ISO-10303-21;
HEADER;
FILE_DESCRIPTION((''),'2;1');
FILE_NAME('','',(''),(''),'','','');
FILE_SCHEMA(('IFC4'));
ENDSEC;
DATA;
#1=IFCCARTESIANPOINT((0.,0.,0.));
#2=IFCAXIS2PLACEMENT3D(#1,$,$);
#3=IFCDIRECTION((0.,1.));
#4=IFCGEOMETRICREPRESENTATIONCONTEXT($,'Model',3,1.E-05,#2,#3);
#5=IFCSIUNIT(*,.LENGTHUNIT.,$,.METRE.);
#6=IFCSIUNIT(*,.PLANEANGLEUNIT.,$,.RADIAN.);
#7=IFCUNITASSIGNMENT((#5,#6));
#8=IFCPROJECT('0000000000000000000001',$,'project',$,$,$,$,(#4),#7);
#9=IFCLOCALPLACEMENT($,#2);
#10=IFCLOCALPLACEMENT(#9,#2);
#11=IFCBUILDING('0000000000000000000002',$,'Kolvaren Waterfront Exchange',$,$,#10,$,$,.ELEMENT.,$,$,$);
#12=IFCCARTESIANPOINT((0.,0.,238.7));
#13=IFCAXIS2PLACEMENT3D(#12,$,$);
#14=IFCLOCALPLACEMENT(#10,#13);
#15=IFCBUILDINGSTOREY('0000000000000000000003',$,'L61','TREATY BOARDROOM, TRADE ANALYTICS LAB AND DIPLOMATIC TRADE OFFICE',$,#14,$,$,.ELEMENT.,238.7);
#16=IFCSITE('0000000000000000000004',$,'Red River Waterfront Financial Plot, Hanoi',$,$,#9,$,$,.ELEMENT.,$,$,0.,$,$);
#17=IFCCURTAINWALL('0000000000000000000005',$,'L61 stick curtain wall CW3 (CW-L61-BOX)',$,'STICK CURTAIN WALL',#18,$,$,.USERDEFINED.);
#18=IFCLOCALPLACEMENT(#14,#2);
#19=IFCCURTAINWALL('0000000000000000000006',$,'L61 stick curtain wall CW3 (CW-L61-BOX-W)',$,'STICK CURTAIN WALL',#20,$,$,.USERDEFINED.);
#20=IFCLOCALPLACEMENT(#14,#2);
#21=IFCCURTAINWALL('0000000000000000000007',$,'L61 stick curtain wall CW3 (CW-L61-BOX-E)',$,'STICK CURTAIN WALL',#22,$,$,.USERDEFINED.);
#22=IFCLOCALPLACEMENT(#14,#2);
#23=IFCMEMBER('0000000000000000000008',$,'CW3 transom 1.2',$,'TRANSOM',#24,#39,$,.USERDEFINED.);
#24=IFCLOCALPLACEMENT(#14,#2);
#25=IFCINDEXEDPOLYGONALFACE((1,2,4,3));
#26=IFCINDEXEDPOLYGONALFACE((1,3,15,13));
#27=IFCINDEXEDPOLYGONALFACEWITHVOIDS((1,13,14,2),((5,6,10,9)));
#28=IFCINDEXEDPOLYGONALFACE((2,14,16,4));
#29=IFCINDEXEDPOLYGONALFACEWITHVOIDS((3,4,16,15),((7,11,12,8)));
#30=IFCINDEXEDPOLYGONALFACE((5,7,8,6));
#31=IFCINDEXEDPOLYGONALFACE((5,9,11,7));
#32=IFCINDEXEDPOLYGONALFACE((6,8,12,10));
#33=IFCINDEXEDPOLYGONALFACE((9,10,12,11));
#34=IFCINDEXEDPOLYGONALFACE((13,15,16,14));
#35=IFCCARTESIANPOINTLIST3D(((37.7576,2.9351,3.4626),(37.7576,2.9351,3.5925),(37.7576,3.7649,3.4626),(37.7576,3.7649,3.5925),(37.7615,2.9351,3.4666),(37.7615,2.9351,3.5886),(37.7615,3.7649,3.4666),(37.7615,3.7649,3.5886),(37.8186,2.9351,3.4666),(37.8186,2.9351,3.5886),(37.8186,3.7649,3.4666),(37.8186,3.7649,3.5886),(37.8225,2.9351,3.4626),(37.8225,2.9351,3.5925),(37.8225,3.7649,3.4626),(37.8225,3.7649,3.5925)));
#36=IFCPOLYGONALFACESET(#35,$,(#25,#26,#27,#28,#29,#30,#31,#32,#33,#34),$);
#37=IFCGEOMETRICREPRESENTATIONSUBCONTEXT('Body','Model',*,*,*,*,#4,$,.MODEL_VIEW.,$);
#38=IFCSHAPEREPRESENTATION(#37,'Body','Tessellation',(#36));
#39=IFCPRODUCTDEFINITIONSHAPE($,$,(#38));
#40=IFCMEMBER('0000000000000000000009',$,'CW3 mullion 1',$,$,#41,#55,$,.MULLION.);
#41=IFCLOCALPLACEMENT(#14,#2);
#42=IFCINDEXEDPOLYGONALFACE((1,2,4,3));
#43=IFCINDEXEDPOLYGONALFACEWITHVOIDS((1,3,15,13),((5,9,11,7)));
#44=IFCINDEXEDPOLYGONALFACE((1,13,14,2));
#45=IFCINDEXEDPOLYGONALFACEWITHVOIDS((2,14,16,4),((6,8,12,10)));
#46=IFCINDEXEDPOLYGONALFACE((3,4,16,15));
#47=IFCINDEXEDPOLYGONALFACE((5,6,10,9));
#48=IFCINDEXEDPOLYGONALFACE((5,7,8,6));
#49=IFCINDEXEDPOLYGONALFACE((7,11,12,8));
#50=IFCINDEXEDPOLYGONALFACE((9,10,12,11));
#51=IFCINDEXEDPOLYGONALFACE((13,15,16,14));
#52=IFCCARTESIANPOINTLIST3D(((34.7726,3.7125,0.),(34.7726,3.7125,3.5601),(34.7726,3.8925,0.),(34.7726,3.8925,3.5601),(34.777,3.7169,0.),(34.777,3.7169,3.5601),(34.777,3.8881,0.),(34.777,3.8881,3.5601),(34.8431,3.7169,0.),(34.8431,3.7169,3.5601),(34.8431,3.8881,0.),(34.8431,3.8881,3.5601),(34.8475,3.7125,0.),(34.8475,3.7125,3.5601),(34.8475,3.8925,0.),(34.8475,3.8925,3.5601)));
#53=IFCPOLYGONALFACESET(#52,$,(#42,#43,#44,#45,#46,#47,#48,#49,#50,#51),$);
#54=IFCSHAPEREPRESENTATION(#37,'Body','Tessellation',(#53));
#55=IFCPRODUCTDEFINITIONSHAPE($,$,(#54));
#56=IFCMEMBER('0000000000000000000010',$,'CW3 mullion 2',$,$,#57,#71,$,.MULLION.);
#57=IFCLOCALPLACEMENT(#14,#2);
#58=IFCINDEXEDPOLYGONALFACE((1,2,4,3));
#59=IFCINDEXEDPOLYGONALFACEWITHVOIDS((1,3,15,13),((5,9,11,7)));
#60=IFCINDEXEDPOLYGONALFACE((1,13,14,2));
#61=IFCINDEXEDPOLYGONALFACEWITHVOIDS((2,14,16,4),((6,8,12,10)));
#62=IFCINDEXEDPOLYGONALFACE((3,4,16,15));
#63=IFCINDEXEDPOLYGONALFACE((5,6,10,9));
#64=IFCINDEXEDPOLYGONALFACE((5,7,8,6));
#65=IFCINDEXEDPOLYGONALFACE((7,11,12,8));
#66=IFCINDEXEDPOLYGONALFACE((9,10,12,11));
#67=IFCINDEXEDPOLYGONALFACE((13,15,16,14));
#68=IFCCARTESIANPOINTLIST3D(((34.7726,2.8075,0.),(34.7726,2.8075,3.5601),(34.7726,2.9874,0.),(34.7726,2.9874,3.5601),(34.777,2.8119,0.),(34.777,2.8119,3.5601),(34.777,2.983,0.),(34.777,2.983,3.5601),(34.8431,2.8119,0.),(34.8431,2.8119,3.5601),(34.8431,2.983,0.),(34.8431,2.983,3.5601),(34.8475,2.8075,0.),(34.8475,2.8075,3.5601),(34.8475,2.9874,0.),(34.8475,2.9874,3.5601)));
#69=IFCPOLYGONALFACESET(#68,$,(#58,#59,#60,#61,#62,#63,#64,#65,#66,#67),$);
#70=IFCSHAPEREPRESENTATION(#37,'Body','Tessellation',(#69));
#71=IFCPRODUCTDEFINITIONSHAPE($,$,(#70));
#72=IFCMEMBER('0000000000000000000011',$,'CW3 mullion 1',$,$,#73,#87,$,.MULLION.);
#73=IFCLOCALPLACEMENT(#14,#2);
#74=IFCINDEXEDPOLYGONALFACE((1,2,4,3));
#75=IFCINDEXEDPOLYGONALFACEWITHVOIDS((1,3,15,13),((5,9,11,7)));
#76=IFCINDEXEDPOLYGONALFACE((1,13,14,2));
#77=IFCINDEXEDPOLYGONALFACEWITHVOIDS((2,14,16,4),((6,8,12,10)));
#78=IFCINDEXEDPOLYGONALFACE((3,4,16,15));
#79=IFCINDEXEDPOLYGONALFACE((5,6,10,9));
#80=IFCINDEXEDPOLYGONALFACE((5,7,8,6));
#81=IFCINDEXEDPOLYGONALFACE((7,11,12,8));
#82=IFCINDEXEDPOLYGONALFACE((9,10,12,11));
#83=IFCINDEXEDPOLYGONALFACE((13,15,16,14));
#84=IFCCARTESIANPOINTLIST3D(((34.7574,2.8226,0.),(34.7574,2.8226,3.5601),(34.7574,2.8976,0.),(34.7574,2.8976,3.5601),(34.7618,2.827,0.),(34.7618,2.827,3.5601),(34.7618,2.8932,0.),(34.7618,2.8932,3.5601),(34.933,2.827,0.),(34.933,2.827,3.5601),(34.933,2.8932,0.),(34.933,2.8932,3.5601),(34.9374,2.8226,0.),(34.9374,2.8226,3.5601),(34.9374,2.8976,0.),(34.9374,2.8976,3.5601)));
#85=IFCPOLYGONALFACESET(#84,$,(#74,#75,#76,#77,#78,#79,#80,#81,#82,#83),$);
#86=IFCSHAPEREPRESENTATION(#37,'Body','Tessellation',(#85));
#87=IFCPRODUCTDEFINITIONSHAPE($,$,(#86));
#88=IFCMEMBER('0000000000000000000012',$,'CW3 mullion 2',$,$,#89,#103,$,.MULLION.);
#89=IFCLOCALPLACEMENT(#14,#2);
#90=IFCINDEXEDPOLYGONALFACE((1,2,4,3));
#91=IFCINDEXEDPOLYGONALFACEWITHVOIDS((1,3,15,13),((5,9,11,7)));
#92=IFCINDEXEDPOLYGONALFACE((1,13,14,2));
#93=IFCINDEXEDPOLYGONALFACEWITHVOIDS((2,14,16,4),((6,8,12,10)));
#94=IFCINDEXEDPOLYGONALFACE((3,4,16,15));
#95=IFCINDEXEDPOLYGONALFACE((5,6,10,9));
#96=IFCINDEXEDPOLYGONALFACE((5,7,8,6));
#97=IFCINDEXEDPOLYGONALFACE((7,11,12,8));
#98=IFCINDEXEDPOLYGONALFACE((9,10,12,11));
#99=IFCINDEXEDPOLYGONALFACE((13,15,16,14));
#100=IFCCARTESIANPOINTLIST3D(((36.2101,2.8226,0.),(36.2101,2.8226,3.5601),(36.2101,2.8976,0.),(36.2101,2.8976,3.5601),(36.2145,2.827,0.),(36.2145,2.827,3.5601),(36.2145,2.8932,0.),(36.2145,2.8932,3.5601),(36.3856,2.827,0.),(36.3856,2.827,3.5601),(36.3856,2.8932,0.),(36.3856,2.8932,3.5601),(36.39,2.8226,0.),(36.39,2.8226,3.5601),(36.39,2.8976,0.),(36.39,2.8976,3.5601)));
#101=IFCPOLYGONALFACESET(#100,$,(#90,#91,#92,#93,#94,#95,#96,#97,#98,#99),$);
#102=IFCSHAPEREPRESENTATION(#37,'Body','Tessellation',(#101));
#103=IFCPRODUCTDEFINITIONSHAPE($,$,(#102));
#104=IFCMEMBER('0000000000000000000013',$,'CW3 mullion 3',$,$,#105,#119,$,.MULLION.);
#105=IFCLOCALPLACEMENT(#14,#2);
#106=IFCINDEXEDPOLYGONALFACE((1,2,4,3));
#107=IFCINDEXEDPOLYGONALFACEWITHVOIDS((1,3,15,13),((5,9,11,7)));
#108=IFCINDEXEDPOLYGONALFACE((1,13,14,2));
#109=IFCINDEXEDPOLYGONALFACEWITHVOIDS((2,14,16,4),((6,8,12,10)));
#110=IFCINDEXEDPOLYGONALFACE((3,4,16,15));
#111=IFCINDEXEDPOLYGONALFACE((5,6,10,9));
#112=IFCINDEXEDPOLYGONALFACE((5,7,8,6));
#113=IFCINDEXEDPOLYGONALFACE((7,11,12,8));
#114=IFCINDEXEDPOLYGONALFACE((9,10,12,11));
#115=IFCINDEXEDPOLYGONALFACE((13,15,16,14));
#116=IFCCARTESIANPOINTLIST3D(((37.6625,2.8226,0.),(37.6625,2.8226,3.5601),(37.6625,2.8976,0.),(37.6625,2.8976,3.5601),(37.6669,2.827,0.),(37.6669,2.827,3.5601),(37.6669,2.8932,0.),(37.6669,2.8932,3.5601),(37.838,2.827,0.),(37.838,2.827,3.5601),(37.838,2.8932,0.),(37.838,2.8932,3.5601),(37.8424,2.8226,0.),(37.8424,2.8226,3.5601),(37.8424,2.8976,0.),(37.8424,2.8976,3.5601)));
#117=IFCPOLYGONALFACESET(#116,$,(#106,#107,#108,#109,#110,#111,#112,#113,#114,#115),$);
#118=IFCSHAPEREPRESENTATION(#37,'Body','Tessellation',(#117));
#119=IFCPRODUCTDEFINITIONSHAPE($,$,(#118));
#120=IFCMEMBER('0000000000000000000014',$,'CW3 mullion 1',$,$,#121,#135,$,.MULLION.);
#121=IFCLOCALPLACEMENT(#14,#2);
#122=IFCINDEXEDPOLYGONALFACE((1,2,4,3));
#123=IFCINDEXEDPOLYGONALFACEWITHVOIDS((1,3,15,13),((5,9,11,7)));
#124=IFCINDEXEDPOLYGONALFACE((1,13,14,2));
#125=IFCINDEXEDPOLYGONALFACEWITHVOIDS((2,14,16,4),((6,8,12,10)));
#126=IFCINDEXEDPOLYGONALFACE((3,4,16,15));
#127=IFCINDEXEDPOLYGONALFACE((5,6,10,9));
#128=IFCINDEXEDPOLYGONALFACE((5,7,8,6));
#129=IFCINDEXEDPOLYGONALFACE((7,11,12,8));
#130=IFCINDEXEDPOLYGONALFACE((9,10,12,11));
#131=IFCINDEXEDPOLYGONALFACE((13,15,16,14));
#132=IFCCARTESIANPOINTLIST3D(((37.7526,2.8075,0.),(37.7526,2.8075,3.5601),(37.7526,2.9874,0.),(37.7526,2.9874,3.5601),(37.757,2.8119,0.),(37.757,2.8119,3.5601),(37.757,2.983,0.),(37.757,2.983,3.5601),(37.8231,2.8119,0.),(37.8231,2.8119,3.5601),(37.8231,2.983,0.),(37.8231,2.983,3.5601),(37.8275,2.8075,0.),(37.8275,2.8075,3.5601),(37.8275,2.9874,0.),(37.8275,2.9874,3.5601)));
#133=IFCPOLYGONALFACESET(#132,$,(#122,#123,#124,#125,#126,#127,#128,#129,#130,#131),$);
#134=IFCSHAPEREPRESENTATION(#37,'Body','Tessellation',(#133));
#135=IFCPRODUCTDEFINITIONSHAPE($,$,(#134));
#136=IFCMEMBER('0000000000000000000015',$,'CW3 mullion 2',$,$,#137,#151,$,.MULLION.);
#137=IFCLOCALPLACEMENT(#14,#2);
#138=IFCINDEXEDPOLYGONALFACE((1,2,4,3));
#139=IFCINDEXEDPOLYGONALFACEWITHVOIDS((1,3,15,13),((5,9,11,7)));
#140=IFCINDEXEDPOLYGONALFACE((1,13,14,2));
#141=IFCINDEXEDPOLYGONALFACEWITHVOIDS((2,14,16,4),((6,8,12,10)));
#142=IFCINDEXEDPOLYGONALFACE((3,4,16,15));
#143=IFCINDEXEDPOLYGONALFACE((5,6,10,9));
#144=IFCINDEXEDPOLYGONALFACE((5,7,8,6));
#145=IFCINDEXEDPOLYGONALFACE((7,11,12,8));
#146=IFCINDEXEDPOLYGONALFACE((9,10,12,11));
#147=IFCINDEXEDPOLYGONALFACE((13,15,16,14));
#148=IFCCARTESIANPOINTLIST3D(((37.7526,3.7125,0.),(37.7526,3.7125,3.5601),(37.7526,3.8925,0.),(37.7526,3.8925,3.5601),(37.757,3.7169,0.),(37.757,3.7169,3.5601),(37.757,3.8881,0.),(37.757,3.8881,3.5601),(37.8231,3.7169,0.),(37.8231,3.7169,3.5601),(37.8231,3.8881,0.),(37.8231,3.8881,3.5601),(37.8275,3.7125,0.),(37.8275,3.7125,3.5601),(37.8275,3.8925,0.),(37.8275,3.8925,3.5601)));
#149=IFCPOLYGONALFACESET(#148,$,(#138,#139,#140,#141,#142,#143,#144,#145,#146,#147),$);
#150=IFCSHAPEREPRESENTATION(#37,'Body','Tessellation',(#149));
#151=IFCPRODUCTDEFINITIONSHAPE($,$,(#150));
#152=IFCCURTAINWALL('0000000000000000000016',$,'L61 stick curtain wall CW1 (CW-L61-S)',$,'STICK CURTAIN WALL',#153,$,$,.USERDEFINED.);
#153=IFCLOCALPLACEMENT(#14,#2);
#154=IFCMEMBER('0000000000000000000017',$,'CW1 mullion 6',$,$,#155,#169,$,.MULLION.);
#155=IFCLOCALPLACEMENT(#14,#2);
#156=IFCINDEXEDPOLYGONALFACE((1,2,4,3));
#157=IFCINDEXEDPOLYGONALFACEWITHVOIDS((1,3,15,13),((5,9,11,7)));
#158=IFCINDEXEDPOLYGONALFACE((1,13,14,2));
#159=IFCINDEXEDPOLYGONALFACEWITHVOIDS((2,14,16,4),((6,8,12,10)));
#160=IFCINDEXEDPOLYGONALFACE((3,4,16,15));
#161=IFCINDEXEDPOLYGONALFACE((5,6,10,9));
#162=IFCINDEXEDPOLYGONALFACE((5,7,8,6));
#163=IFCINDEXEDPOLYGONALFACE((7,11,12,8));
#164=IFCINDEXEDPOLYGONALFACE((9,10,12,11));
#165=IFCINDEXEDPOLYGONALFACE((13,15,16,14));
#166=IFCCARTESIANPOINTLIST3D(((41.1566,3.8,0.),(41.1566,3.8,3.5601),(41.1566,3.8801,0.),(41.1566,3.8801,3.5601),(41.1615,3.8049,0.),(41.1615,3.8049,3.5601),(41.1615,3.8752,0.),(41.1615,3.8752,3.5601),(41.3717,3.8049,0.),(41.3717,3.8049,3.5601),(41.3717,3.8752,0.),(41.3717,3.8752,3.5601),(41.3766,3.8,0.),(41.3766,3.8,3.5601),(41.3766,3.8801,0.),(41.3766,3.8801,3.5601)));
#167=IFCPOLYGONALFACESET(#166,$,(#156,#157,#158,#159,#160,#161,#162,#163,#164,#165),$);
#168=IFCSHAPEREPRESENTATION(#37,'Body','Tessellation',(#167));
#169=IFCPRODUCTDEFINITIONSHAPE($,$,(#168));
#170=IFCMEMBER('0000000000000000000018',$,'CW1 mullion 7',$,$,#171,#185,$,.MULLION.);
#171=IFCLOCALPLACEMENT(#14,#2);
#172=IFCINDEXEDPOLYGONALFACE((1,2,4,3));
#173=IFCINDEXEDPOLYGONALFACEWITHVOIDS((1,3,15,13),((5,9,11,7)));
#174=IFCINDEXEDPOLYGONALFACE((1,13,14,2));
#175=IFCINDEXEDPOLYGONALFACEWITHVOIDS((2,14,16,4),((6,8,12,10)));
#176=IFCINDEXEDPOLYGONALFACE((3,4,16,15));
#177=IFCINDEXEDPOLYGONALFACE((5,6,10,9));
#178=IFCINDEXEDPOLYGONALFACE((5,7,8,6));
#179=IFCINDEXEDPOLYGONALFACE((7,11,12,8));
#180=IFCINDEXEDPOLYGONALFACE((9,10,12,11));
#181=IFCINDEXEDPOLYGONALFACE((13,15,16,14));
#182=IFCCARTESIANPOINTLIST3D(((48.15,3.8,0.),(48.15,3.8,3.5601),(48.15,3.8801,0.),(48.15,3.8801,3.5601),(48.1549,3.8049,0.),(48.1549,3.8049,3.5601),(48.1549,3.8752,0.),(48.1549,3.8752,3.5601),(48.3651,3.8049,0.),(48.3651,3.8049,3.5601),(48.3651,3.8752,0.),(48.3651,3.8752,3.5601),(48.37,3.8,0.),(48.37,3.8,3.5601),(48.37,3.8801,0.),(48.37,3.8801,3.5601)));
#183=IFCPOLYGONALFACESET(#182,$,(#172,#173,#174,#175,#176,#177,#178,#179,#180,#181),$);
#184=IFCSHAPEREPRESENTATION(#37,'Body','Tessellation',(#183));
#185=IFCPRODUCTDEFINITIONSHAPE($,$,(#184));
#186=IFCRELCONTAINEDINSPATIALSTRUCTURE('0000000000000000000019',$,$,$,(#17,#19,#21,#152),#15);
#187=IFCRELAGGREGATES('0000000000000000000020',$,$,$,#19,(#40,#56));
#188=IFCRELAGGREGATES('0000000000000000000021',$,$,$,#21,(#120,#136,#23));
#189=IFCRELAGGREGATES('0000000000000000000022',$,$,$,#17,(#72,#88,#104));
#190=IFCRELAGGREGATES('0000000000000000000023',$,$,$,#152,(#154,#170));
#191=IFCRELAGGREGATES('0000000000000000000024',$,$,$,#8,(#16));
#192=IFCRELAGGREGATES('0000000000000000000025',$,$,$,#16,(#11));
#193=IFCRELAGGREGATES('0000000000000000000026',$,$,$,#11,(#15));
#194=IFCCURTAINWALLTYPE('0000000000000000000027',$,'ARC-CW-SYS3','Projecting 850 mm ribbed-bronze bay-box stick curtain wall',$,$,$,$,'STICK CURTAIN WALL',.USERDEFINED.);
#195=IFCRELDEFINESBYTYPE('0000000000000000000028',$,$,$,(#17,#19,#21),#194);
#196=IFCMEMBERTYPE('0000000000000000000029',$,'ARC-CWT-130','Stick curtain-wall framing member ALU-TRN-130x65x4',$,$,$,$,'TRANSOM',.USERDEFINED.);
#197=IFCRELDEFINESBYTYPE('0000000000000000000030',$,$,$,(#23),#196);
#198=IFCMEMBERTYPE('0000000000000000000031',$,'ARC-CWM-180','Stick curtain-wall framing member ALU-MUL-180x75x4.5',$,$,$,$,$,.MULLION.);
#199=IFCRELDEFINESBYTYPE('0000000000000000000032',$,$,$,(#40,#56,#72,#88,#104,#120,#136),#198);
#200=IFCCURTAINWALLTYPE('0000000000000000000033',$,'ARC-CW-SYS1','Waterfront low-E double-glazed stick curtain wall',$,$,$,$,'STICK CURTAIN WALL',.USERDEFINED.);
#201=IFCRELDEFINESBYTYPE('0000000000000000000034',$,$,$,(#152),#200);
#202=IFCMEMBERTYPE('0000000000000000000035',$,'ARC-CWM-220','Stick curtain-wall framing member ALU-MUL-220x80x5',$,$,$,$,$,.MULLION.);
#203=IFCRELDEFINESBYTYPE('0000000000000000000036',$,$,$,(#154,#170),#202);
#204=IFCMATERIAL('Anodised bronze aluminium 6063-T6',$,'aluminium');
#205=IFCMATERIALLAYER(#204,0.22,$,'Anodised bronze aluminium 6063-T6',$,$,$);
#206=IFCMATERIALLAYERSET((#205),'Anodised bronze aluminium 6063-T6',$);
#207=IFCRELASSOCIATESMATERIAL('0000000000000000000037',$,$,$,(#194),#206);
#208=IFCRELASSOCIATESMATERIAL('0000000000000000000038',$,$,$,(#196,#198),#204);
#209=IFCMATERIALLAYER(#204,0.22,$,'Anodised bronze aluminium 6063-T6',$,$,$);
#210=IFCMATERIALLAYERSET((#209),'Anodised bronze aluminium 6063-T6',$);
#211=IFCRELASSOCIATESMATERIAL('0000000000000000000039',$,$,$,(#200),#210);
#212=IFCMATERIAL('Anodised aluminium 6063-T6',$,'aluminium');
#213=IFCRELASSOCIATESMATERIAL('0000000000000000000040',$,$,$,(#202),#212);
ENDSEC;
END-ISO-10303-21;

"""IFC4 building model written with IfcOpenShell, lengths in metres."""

from ifc_helpers import new_model, si_unit, direction, frame, origin, origin_with_axes, origin_2d, place, context, subcontext, project, spatial, hollow_rectangle, extrude, source, transform, mapped, material, layer, layer_set, material_profile, profile_set, type_object, element, aggregate, save


model = new_model("IFC4")

# Units and contexts
model_context = context("Model", 3, precision=1e-05, world=origin(), true_north=direction((0.0, 1.0)))
body_context = subcontext(model_context, "Body", "Model", "MODEL_VIEW")
ifc_project = project(units=[si_unit("LENGTHUNIT", "METRE"), si_unit("PLANEANGLEUNIT", "RADIAN")], contexts=[model_context])

# Site, building, storey
site_placement = place(None, origin())
site = spatial("IfcSite", under=ifc_project, at=site_placement, Name="Red River Waterfront Financial Plot, Hanoi", CompositionType="ELEMENT", RefElevation=0.0)
building_placement = place(site_placement, origin())
building = spatial("IfcBuilding", under=site, at=building_placement, Name="Kolvaren Waterfront Exchange", CompositionType="ELEMENT")
storey_placement = place(building_placement, frame((0.0, 0.0, 238.7)))
storey = spatial("IfcBuildingStorey", under=building, at=storey_placement, Name="L61", Description="TREATY BOARDROOM, TRADE ANALYTICS LAB AND DIPLOMATIC TRADE OFFICE", CompositionType="ELEMENT", Elevation=238.7)

# Curtain walls, member
ifc_material_1 = material(Name="Anodised bronze aluminium 6063-T6", Category="aluminium")
ifc_layer_1 = layer(ifc_material_1, 0.22, Name="Anodised bronze aluminium 6063-T6")
ifc_layer_set_1 = layer_set([ifc_layer_1], Name="Anodised bronze aluminium 6063-T6")
curtain_wall_type_1 = type_object("IfcCurtainWallType", Name="ARC-CW-SYS3", Description="Projecting 850 mm ribbed-bronze bay-box stick curtain wall", ElementType="STICK CURTAIN WALL", PredefinedType="USERDEFINED", material=ifc_layer_set_1)
curtain_wall_1_placement = place(storey_placement, origin())
curtain_wall_1 = element("IfcCurtainWall", 1, at=curtain_wall_1_placement, inside=storey, type_object=curtain_wall_type_1, Name="L61 stick curtain wall CW3 (CW-L61-BOX)", ObjectType="STICK CURTAIN WALL", PredefinedType="USERDEFINED")
ifc_material_profile_1 = material_profile(ifc_material_1, hollow_rectangle(XDim=0.0649, YDim=0.1299, WallThickness=0.0039, at=origin_2d()), Name="ALU-TRN-130x65x4")
ifc_profile_set_1 = profile_set([ifc_material_profile_1], Name="Anodised bronze aluminium 6063-T6")
member_type_1 = type_object("IfcMemberType", Name="ARC-CWT-130", Description="Stick curtain-wall framing member ALU-TRN-130x65x4", ElementType="TRANSOM", PredefinedType="USERDEFINED", material=ifc_profile_set_1)
curtain_wall_2_placement = place(storey_placement, origin())
curtain_wall_2 = element("IfcCurtainWall", 2, at=curtain_wall_2_placement, inside=storey, type_object=curtain_wall_type_1, Name="L61 stick curtain wall CW3 (CW-L61-BOX-W)", ObjectType="STICK CURTAIN WALL", PredefinedType="USERDEFINED")
shared_shape_1 = source(origin_with_axes(), body_context, "Body", "SweptSolid", [
    extrude(hollow_rectangle(XDim=0.0649, YDim=0.1299, WallThickness=0.0039, at=origin_2d()), origin(), (0.0, 0.0, 1.0), 0.8298),
])
curtain_wall_3_placement = place(storey_placement, origin())
curtain_wall_3 = element("IfcCurtainWall", 3, at=curtain_wall_3_placement, inside=storey, type_object=curtain_wall_type_1, Name="L61 stick curtain wall CW3 (CW-L61-BOX-E)", ObjectType="STICK CURTAIN WALL", PredefinedType="USERDEFINED")
member_1_placement = place(storey_placement, frame((37.79, 2.9351, 3.5276), z_axis=(0.0, 1.0, 0.0), x_axis=(-1.0, 0.0, 0.0)))
member_1 = element("IfcMember", 4, at=member_1_placement, type_object=member_type_1, Name="CW3 transom 1.2", ObjectType="TRANSOM", PredefinedType="USERDEFINED", context=body_context, shape_type="MappedRepresentation", body=[
    mapped(shared_shape_1, transform((0.0, 0.0, 0.0), x_axis=(1.0, 0.0, 0.0), y_axis=(0.0, 1.0, 0.0), z_axis=(0.0, 0.0, 1.0), scale=1.0)),
])

# Members
ifc_material_profile_2 = material_profile(ifc_material_1, hollow_rectangle(XDim=0.075, YDim=0.1799, WallThickness=0.0044, at=origin_2d()), Name="ALU-MUL-180x75x4.5")
ifc_profile_set_2 = profile_set([ifc_material_profile_2], Name="Anodised bronze aluminium 6063-T6")
member_type_2 = type_object("IfcMemberType", Name="ARC-CWM-180", Description="Stick curtain-wall framing member ALU-MUL-180x75x4.5", PredefinedType="MULLION", material=ifc_profile_set_2)
shared_shape_2 = source(origin_with_axes(), body_context, "Body", "SweptSolid", [
    extrude(hollow_rectangle(XDim=0.075, YDim=0.1799, WallThickness=0.0044, at=origin_2d()), origin(), (0.0, 0.0, 1.0), 3.5601),
])
member_2_placement = place(storey_placement, frame((34.8101, 3.8025, 0.0), z_axis=(0.0, 0.0, 1.0), x_axis=(1.0, 0.0, 0.0)))
member_2 = element("IfcMember", 5, at=member_2_placement, type_object=member_type_2, Name="CW3 mullion 1", PredefinedType="MULLION", context=body_context, shape_type="MappedRepresentation", body=[
    mapped(shared_shape_2, transform((0.0, 0.0, 0.0), x_axis=(1.0, 0.0, 0.0), y_axis=(0.0, 1.0, 0.0), z_axis=(0.0, 0.0, 1.0), scale=1.0)),
])
member_3_placement = place(storey_placement, frame((34.8101, 2.8975, 0.0), z_axis=(0.0, 0.0, 1.0), x_axis=(1.0, 0.0, 0.0)))
member_3 = element("IfcMember", 6, at=member_3_placement, type_object=member_type_2, Name="CW3 mullion 2", PredefinedType="MULLION", context=body_context, shape_type="MappedRepresentation", body=[
    mapped(shared_shape_2, transform((0.0, 0.0, 0.0), x_axis=(1.0, 0.0, 0.0), y_axis=(0.0, 1.0, 0.0), z_axis=(0.0, 0.0, 1.0), scale=1.0)),
])
member_4_placement = place(storey_placement, frame((34.8474, 2.8601, 0.0), z_axis=(0.0, 0.0, 1.0), x_axis=(0.0, 1.0, 0.0)))
member_4 = element("IfcMember", 7, at=member_4_placement, type_object=member_type_2, Name="CW3 mullion 1", PredefinedType="MULLION", context=body_context, shape_type="MappedRepresentation", body=[
    mapped(shared_shape_2, transform((0.0, 0.0, 0.0), x_axis=(1.0, 0.0, 0.0), y_axis=(0.0, 1.0, 0.0), z_axis=(0.0, 0.0, 1.0), scale=1.0)),
])
member_5_placement = place(storey_placement, frame((36.3, 2.8601, 0.0), z_axis=(0.0, 0.0, 1.0), x_axis=(0.0, 1.0, 0.0)))
member_5 = element("IfcMember", 8, at=member_5_placement, type_object=member_type_2, Name="CW3 mullion 2", PredefinedType="MULLION", context=body_context, shape_type="MappedRepresentation", body=[
    mapped(shared_shape_2, transform((0.0, 0.0, 0.0), x_axis=(1.0, 0.0, 0.0), y_axis=(0.0, 1.0, 0.0), z_axis=(0.0, 0.0, 1.0), scale=1.0)),
])
member_6_placement = place(storey_placement, frame((37.7524, 2.8601, 0.0), z_axis=(0.0, 0.0, 1.0), x_axis=(0.0, 1.0, 0.0)))
member_6 = element("IfcMember", 9, at=member_6_placement, type_object=member_type_2, Name="CW3 mullion 3", PredefinedType="MULLION", context=body_context, shape_type="MappedRepresentation", body=[
    mapped(shared_shape_2, transform((0.0, 0.0, 0.0), x_axis=(1.0, 0.0, 0.0), y_axis=(0.0, 1.0, 0.0), z_axis=(0.0, 0.0, 1.0), scale=1.0)),
])
member_7_placement = place(storey_placement, frame((37.79, 2.8975, 0.0), z_axis=(0.0, 0.0, 1.0), x_axis=(-1.0, 0.0, 0.0)))
member_7 = element("IfcMember", 10, at=member_7_placement, type_object=member_type_2, Name="CW3 mullion 1", PredefinedType="MULLION", context=body_context, shape_type="MappedRepresentation", body=[
    mapped(shared_shape_2, transform((0.0, 0.0, 0.0), x_axis=(1.0, 0.0, 0.0), y_axis=(0.0, 1.0, 0.0), z_axis=(0.0, 0.0, 1.0), scale=1.0)),
])
member_8_placement = place(storey_placement, frame((37.79, 3.8025, 0.0), z_axis=(0.0, 0.0, 1.0), x_axis=(-1.0, 0.0, 0.0)))
member_8 = element("IfcMember", 11, at=member_8_placement, type_object=member_type_2, Name="CW3 mullion 2", PredefinedType="MULLION", context=body_context, shape_type="MappedRepresentation", body=[
    mapped(shared_shape_2, transform((0.0, 0.0, 0.0), x_axis=(1.0, 0.0, 0.0), y_axis=(0.0, 1.0, 0.0), z_axis=(0.0, 0.0, 1.0), scale=1.0)),
])

# Curtain wall, members
ifc_layer_2 = layer(ifc_material_1, 0.22, Name="Anodised bronze aluminium 6063-T6")
ifc_layer_set_2 = layer_set([ifc_layer_2], Name="Anodised bronze aluminium 6063-T6")
curtain_wall_type_2 = type_object("IfcCurtainWallType", Name="ARC-CW-SYS1", Description="Waterfront low-E double-glazed stick curtain wall", ElementType="STICK CURTAIN WALL", PredefinedType="USERDEFINED", material=ifc_layer_set_2)
curtain_wall_4_placement = place(storey_placement, origin())
curtain_wall_4 = element("IfcCurtainWall", 12, at=curtain_wall_4_placement, inside=storey, type_object=curtain_wall_type_2, Name="L61 stick curtain wall CW1 (CW-L61-S)", ObjectType="STICK CURTAIN WALL", PredefinedType="USERDEFINED")
ifc_material_2 = material(Name="Anodised aluminium 6063-T6", Category="aluminium")
ifc_material_profile_3 = material_profile(ifc_material_2, hollow_rectangle(XDim=0.0801, YDim=0.22, WallThickness=0.0049, at=origin_2d()), Name="ALU-MUL-220x80x5")
ifc_profile_set_3 = profile_set([ifc_material_profile_3], Name="Anodised aluminium 6063-T6")
member_type_3 = type_object("IfcMemberType", Name="ARC-CWM-220", Description="Stick curtain-wall framing member ALU-MUL-220x80x5", PredefinedType="MULLION", material=ifc_profile_set_3)
shared_shape_3 = source(origin_with_axes(), body_context, "Body", "SweptSolid", [
    extrude(hollow_rectangle(XDim=0.0801, YDim=0.22, WallThickness=0.0049, at=origin_2d()), origin(), (0.0, 0.0, 1.0), 3.5601),
])
member_9_placement = place(storey_placement, frame((41.2666, 3.8401, 0.0), z_axis=(0.0, 0.0, 1.0), x_axis=(0.0, 1.0, 0.0)))
member_9 = element("IfcMember", 13, at=member_9_placement, type_object=member_type_3, Name="CW1 mullion 6", PredefinedType="MULLION", context=body_context, shape_type="MappedRepresentation", body=[
    mapped(shared_shape_3, transform((0.0, 0.0, 0.0), x_axis=(1.0, 0.0, 0.0), y_axis=(0.0, 1.0, 0.0), z_axis=(0.0, 0.0, 1.0), scale=1.0)),
])
member_10_placement = place(storey_placement, frame((48.26, 3.8401, 0.0), z_axis=(0.0, 0.0, 1.0), x_axis=(0.0, 1.0, 0.0)))
member_10 = element("IfcMember", 14, at=member_10_placement, type_object=member_type_3, Name="CW1 mullion 7", PredefinedType="MULLION", context=body_context, shape_type="MappedRepresentation", body=[
    mapped(shared_shape_3, transform((0.0, 0.0, 0.0), x_axis=(1.0, 0.0, 0.0), y_axis=(0.0, 1.0, 0.0), z_axis=(0.0, 0.0, 1.0), scale=1.0)),
])

aggregate(curtain_wall_2, [member_2, member_3])
aggregate(curtain_wall_3, [member_7, member_8, member_1])
aggregate(curtain_wall_1, [member_4, member_5, member_6])
aggregate(curtain_wall_4, [member_9, member_10])

save(model, "model.ifc")
